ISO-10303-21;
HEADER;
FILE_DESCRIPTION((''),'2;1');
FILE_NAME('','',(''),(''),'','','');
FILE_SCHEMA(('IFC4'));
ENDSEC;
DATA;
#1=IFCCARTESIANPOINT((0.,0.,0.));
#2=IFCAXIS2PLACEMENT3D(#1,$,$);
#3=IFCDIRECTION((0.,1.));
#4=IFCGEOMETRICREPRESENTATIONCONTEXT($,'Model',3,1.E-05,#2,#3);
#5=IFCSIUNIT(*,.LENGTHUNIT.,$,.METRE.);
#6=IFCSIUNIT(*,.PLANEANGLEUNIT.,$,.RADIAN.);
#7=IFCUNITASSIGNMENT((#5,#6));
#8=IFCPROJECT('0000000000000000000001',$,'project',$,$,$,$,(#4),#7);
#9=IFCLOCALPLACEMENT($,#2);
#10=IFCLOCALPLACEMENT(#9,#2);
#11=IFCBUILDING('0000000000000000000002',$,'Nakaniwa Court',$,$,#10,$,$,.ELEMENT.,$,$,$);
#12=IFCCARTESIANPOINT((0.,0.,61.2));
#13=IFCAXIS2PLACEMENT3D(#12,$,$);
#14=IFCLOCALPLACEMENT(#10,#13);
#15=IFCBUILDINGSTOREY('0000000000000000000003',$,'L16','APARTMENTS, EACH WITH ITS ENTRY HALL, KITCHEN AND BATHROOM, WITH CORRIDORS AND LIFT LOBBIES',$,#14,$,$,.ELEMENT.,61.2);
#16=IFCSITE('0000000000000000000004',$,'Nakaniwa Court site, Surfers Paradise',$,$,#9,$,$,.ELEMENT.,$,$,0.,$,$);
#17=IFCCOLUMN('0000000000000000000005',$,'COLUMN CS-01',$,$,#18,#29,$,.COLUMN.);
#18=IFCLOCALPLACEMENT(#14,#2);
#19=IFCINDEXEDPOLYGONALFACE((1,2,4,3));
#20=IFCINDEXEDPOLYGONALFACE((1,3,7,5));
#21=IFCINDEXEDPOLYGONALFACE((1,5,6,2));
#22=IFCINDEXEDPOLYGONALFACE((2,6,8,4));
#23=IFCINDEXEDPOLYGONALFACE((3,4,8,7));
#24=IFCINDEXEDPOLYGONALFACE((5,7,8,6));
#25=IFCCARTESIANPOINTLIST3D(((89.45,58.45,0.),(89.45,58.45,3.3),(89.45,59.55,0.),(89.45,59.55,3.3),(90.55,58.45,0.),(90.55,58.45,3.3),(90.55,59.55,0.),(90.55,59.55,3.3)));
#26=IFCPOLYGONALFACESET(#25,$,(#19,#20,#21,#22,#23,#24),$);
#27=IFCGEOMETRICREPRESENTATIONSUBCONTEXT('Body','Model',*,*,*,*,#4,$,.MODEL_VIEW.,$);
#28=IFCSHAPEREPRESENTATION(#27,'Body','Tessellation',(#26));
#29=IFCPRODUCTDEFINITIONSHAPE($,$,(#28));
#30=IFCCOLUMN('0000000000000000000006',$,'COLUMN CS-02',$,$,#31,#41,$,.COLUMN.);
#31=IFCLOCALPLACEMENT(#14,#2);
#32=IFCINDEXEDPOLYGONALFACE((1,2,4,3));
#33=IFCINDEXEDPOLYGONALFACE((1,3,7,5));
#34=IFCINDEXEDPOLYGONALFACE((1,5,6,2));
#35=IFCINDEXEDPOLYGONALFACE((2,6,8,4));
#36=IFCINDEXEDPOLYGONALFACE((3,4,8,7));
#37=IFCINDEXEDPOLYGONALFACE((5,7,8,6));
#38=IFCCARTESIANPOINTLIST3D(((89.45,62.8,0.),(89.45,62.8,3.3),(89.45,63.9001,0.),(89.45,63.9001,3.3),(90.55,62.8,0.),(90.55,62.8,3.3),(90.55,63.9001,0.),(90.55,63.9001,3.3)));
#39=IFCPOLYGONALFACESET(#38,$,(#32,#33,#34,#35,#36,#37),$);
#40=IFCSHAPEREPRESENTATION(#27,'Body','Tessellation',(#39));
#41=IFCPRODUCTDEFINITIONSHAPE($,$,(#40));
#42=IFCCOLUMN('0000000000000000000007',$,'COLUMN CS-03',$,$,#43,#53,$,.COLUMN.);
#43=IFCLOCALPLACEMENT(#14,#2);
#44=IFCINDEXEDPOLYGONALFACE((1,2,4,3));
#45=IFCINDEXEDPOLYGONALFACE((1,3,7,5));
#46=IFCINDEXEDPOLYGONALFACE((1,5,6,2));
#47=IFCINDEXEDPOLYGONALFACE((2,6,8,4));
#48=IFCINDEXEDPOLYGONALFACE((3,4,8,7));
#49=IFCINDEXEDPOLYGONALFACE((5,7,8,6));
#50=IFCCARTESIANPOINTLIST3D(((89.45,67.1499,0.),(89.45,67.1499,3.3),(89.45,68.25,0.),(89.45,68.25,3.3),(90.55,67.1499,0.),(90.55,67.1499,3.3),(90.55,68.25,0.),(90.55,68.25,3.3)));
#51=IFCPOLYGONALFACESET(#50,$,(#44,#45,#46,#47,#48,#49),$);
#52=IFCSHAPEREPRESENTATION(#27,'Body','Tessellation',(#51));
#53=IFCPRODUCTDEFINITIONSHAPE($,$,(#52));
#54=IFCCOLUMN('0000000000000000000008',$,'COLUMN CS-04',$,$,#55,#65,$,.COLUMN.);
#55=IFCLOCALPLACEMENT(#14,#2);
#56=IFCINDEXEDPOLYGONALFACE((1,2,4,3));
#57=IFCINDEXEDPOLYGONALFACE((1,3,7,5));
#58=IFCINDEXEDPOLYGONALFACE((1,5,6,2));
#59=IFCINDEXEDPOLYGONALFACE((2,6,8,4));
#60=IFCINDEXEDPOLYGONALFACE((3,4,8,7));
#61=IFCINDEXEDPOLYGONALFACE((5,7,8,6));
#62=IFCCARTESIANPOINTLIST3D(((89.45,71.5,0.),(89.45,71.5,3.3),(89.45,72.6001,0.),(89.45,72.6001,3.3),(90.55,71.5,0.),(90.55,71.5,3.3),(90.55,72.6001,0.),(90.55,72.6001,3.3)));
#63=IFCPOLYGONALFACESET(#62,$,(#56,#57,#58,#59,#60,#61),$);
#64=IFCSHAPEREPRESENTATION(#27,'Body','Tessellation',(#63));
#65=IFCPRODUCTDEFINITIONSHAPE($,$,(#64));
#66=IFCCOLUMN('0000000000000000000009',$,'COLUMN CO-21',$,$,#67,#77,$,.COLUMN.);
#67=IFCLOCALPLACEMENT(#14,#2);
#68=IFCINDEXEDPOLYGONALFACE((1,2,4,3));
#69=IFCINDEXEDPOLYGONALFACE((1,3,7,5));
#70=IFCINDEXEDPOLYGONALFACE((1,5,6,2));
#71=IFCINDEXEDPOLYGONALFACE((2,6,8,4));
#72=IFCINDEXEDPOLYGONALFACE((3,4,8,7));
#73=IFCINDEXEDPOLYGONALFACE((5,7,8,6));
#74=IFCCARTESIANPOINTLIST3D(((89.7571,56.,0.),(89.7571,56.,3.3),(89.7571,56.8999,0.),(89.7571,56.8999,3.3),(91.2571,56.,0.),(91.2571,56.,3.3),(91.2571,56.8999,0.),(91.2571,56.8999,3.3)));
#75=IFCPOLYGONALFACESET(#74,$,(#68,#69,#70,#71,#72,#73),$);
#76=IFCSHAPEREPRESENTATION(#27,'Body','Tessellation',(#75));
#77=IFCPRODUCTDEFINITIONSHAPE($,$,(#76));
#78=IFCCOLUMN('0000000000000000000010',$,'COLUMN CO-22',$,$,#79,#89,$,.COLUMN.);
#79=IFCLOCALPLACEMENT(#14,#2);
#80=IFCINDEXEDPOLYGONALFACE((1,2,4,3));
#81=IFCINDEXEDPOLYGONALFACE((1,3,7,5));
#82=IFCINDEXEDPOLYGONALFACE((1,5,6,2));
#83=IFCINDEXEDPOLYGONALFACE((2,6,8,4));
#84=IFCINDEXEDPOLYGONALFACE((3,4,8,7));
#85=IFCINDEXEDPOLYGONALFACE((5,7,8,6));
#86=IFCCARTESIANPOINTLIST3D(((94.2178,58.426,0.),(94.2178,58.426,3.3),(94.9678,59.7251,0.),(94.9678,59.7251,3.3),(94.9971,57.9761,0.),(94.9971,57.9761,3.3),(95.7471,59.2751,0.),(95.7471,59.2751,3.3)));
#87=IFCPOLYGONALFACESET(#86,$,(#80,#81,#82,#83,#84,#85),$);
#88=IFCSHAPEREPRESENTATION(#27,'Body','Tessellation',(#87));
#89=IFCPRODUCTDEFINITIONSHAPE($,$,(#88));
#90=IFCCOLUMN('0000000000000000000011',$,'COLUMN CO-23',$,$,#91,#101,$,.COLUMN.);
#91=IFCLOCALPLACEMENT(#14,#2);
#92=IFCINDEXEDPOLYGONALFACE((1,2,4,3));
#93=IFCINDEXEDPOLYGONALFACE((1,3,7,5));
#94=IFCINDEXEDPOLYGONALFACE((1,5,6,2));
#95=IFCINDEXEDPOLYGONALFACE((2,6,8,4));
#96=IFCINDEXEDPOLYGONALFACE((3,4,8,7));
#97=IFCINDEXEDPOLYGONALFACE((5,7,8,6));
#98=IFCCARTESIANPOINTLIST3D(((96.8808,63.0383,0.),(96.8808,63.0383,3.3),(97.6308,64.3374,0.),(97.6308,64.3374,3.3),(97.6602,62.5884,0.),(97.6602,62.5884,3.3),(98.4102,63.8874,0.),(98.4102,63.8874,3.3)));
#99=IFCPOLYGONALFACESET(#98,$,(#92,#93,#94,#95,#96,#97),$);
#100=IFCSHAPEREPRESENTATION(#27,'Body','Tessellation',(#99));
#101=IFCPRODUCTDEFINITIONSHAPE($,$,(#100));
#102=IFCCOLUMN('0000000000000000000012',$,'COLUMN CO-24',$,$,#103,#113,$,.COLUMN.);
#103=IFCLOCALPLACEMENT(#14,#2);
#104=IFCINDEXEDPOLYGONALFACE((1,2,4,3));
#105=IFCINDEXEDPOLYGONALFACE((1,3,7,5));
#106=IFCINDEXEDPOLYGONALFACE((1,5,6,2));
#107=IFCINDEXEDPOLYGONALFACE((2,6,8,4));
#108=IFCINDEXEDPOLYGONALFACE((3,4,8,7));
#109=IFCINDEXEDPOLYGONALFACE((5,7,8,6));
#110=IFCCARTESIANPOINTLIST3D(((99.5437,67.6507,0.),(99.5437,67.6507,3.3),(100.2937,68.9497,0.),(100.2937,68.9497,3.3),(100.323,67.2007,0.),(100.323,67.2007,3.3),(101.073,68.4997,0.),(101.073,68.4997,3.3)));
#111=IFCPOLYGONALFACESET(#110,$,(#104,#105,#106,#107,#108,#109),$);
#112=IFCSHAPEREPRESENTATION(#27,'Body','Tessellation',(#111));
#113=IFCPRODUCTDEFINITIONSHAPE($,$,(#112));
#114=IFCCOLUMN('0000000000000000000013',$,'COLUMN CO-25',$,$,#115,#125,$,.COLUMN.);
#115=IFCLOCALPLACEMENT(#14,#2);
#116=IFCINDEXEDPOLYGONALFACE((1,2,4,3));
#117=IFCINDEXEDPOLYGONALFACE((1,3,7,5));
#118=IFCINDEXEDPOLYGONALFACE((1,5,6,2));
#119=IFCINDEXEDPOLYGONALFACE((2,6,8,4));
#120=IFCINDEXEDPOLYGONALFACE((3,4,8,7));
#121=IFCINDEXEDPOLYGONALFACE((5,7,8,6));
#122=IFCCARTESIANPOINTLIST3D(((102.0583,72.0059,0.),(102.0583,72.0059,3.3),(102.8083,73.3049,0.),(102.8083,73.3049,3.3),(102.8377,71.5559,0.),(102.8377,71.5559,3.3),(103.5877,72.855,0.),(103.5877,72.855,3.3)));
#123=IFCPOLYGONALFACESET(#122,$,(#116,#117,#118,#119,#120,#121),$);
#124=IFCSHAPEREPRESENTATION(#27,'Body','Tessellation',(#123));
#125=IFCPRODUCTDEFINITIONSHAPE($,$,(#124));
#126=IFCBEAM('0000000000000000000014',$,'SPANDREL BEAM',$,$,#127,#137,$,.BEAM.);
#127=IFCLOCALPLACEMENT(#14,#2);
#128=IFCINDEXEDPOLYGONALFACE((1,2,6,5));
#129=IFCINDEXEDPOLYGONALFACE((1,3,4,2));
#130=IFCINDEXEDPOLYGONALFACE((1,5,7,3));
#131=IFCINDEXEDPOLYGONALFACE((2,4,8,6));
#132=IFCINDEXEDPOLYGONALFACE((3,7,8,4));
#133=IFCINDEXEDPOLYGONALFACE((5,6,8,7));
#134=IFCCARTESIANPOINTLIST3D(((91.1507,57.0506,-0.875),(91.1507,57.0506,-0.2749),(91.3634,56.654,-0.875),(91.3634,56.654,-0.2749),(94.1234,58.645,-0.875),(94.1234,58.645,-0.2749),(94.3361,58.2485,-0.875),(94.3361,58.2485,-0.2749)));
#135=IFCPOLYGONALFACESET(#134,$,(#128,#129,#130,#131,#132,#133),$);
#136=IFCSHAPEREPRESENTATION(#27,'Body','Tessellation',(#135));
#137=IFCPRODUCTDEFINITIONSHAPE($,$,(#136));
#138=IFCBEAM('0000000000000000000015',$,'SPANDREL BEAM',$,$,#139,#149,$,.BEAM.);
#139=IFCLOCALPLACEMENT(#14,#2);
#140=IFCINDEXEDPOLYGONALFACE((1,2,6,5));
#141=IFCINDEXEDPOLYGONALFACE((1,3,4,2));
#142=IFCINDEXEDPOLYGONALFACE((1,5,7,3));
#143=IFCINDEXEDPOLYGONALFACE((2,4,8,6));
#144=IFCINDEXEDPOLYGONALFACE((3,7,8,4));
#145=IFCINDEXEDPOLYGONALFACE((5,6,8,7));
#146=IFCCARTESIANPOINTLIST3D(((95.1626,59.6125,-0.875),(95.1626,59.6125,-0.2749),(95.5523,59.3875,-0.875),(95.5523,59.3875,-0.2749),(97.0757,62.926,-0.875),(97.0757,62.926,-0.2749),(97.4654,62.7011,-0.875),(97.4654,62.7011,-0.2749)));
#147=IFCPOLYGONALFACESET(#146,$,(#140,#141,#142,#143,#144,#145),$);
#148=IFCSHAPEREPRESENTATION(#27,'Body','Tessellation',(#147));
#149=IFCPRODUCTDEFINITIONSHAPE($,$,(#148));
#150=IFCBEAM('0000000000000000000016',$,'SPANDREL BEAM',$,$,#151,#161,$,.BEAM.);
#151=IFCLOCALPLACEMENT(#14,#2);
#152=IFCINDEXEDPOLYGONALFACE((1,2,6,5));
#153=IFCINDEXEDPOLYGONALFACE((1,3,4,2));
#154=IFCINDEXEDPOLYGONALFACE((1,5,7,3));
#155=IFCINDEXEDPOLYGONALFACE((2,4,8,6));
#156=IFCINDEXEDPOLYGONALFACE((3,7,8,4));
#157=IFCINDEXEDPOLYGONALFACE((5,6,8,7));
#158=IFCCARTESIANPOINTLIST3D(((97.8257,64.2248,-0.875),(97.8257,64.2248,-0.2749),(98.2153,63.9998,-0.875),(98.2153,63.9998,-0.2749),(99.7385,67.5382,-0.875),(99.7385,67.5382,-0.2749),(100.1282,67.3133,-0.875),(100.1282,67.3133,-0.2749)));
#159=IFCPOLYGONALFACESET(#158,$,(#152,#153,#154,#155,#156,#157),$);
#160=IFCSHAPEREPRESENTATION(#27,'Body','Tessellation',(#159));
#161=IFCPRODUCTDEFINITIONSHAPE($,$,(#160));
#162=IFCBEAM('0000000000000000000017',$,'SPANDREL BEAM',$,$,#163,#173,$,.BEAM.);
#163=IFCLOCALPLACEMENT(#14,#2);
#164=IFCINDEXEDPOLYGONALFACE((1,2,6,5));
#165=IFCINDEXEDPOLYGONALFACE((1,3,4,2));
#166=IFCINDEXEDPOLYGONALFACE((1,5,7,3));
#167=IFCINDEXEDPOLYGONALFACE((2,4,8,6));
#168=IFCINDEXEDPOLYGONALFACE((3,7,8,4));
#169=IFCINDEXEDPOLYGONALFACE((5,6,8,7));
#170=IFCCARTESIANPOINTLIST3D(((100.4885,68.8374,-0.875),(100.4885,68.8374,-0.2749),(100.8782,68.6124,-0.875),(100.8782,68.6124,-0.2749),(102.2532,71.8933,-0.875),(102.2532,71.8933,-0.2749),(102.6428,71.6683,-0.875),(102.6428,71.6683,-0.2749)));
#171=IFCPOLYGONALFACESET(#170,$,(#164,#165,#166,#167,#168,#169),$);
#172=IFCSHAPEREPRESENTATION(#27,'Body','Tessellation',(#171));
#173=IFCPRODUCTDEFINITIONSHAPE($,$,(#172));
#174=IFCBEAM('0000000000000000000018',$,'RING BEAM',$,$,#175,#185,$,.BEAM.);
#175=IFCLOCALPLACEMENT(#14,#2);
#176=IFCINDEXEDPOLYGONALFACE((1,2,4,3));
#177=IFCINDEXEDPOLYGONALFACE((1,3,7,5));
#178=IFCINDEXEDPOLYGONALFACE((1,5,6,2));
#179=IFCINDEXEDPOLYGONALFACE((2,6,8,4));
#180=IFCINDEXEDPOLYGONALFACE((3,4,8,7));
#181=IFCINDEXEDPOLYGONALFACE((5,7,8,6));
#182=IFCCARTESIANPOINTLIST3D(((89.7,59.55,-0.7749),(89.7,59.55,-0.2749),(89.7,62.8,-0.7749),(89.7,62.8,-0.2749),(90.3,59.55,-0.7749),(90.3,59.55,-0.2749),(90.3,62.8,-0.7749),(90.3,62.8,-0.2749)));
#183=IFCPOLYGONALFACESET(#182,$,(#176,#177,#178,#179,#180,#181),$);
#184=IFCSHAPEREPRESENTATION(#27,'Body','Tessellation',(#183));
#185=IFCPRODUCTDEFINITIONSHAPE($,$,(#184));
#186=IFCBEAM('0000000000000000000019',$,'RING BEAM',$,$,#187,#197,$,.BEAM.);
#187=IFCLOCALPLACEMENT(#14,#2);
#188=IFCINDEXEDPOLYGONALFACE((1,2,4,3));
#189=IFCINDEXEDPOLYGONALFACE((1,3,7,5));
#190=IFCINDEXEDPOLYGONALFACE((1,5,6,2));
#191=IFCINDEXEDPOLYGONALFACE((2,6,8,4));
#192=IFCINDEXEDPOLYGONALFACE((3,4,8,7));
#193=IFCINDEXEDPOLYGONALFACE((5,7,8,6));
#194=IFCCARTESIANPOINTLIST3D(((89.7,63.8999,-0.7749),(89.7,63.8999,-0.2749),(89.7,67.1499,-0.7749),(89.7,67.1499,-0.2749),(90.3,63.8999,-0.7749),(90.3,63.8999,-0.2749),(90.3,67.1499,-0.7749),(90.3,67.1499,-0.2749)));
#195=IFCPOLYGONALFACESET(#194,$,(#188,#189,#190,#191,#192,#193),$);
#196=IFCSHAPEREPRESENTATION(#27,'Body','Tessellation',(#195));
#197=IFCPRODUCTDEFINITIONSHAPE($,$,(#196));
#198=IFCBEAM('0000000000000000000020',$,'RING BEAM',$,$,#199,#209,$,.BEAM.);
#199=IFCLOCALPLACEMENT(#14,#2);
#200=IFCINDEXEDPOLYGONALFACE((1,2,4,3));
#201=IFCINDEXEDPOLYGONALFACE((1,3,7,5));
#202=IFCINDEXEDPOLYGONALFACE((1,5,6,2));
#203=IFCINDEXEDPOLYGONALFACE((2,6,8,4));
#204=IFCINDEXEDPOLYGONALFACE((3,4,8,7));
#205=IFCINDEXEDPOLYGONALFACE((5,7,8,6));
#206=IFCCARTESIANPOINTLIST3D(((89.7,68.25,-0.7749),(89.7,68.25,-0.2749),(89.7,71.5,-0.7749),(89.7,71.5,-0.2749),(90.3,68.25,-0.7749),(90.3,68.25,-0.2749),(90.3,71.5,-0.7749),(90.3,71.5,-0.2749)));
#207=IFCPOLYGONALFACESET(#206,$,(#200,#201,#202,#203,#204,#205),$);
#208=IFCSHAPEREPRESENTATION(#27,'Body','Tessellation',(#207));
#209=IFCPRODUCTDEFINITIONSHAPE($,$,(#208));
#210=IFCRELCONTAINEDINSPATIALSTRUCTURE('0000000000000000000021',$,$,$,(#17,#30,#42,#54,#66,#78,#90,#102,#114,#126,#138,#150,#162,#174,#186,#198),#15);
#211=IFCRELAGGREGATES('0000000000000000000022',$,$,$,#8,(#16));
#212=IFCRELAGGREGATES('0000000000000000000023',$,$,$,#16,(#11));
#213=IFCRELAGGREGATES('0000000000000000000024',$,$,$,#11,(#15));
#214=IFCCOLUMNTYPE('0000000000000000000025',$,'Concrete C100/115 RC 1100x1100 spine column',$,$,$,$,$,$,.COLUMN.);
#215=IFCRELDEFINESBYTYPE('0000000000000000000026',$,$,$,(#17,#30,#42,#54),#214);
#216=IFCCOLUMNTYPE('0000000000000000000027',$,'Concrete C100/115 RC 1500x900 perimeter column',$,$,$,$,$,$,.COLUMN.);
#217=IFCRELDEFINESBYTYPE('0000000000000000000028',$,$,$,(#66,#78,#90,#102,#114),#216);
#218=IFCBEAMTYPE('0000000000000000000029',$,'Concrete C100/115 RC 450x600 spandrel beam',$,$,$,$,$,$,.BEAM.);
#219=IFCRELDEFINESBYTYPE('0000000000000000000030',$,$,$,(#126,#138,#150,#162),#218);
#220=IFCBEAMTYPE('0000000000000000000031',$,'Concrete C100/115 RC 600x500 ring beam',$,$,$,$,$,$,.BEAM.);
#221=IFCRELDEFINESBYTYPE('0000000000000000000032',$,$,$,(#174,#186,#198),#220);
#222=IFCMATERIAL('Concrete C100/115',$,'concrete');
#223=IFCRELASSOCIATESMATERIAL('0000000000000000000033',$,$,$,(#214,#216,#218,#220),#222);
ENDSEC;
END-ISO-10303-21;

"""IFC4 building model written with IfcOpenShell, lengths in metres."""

from ifc_helpers import new_model, si_unit, direction, frame, origin, origin_2d, place, context, subcontext, project, spatial, rectangle, extrude, material, material_profile, profile_set, type_object, element, save


model = new_model("IFC4")

# Units and contexts
model_context = context("Model", 3, precision=1e-05, world=origin(), true_north=direction((0.0, 1.0)))
body_context = subcontext(model_context, "Body", "Model", "MODEL_VIEW")
ifc_project = project(units=[si_unit("LENGTHUNIT", "METRE"), si_unit("PLANEANGLEUNIT", "RADIAN")], contexts=[model_context])

# Site, building, storey
site_placement = place(None, origin())
site = spatial("IfcSite", under=ifc_project, at=site_placement, Name="Nakaniwa Court site, Surfers Paradise", CompositionType="ELEMENT", RefElevation=0.0)
building_placement = place(site_placement, origin())
building = spatial("IfcBuilding", under=site, at=building_placement, Name="Nakaniwa Court", CompositionType="ELEMENT")
storey_placement = place(building_placement, frame((0.0, 0.0, 61.2)))
storey = spatial("IfcBuildingStorey", under=building, at=storey_placement, Name="L16", Description="APARTMENTS, EACH WITH ITS ENTRY HALL, KITCHEN AND BATHROOM, WITH CORRIDORS AND LIFT LOBBIES", CompositionType="ELEMENT", Elevation=61.2)

# Columns
ifc_material_1 = material(Name="Concrete C100/115", Category="concrete")
ifc_material_profile_1 = material_profile(ifc_material_1, rectangle(XDim=1.1001, YDim=1.1001, at=origin_2d()), Name="Concrete C100/115 RC 1100x1100 spine column")
ifc_profile_set_1 = profile_set([ifc_material_profile_1], Name="Concrete C100/115")
column_type_1 = type_object("IfcColumnType", Name="Concrete C100/115 RC 1100x1100 spine column", PredefinedType="COLUMN", material=ifc_profile_set_1)
for number, where, z_axis, x_axis, name in (
    (1, (90.0, 59.0, 0.0), (0.0, 0.0, 1.0), (0.0, 1.0, 0.0), "COLUMN CS-01"),
    (2, (90.0, 63.3501, 0.0), (0.0, 0.0, 1.0), (0.0, 1.0, 0.0), "COLUMN CS-02"),
    (3, (90.0, 67.7, 0.0), (0.0, 0.0, 1.0), (0.0, 1.0, 0.0), "COLUMN CS-03"),
    (4, (90.0, 72.05, 0.0), (0.0, 0.0, 1.0), (0.0, 1.0, 0.0), "COLUMN CS-04"),
):
    element("IfcColumn", number, at=place(storey_placement, frame(where, z_axis=z_axis, x_axis=x_axis)), inside=storey, type_object=column_type_1, Name=name, PredefinedType="COLUMN", context=body_context, shape_type="SweptSolid", body=[
        extrude(rectangle(XDim=1.1001, YDim=1.1001, at=origin_2d()), origin(), (0.0, 0.0, 1.0), 3.3),
    ])
ifc_material_profile_2 = material_profile(ifc_material_1, rectangle(XDim=1.5, YDim=0.8999, at=origin_2d()), Name="Concrete C100/115 RC 1500x900 perimeter column")
ifc_profile_set_2 = profile_set([ifc_material_profile_2], Name="Concrete C100/115")
column_type_2 = type_object("IfcColumnType", Name="Concrete C100/115 RC 1500x900 perimeter column", PredefinedType="COLUMN", material=ifc_profile_set_2)
for number, where, z_axis, x_axis, name in (
    (5, (90.5071, 56.45, 0.0), (0.0, 0.0, 1.0), (1.0, 0.0, 0.0), "COLUMN CO-21"),
    (6, (94.9824, 58.8506, 0.0), (0.0, 0.0, 1.0), (0.5, 0.866025, 0.0), "COLUMN CO-22"),
    (7, (97.6455, 63.4629, 0.0), (0.0, 0.0, 1.0), (0.5, 0.866025, 0.0), "COLUMN CO-23"),
    (8, (100.3083, 68.0752, 0.0), (0.0, 0.0, 1.0), (0.5, 0.866025, 0.0), "COLUMN CO-24"),
    (9, (102.823, 72.4304, 0.0), (0.0, 0.0, 1.0), (0.5, 0.866025, 0.0), "COLUMN CO-25"),
):
    element("IfcColumn", number, at=place(storey_placement, frame(where, z_axis=z_axis, x_axis=x_axis)), inside=storey, type_object=column_type_2, Name=name, PredefinedType="COLUMN", context=body_context, shape_type="SweptSolid", body=[
        extrude(rectangle(XDim=1.5, YDim=0.8999, at=origin_2d()), origin(), (0.0, 0.0, 1.0), 3.3),
    ])

# Beams
ifc_material_profile_3 = material_profile(ifc_material_1, rectangle(XDim=0.45, YDim=0.6001, at=origin_2d()), Name="Concrete C100/115 RC 450x600 spandrel beam")
ifc_profile_set_3 = profile_set([ifc_material_profile_3], Name="Concrete C100/115")
beam_type_1 = type_object("IfcBeamType", Name="Concrete C100/115 RC 450x600 spandrel beam", PredefinedType="BEAM", material=ifc_profile_set_3)
beam_1_placement = place(storey_placement, frame((91.2571, 56.8523, -0.575), z_axis=(0.881235, 0.472679, 0.0), x_axis=(-0.472679, 0.881235, 0.0)))
element("IfcBeam", 10, at=beam_1_placement, inside=storey, type_object=beam_type_1, Name="SPANDREL BEAM", PredefinedType="BEAM", context=body_context, shape_type="SweptSolid", body=[
    extrude(rectangle(XDim=0.45, YDim=0.6001, at=origin_2d()), origin(), (0.0, 0.0, 1.0), 3.3733),
])
beam_2_placement = place(storey_placement, frame((95.3574, 59.5, -0.575), z_axis=(0.50001, 0.86602, 0.0), x_axis=(-0.86602, 0.50001, 0.0)))
element("IfcBeam", 11, at=beam_2_placement, inside=storey, type_object=beam_type_1, Name="SPANDREL BEAM", PredefinedType="BEAM", context=body_context, shape_type="SweptSolid", body=[
    extrude(rectangle(XDim=0.45, YDim=0.6001, at=origin_2d()), origin(), (0.0, 0.0, 1.0), 3.8262),
])
beam_3_placement = place(storey_placement, frame((98.0205, 64.1123, -0.575), z_axis=(0.499962, 0.866047, 0.0), x_axis=(-0.866047, 0.499962, 0.0)))
element("IfcBeam", 12, at=beam_3_placement, inside=storey, type_object=beam_type_1, Name="SPANDREL BEAM", PredefinedType="BEAM", context=body_context, shape_type="SweptSolid", body=[
    extrude(rectangle(XDim=0.45, YDim=0.6001, at=origin_2d()), origin(), (0.0, 0.0, 1.0), 3.8259),
])
beam_4_placement = place(storey_placement, frame((100.6833, 68.7249, -0.575), z_axis=(0.500068, 0.865986, 0.0), x_axis=(-0.865986, 0.500068, 0.0)))
element("IfcBeam", 13, at=beam_4_placement, inside=storey, type_object=beam_type_1, Name="SPANDREL BEAM", PredefinedType="BEAM", context=body_context, shape_type="SweptSolid", body=[
    extrude(rectangle(XDim=0.45, YDim=0.6001, at=origin_2d()), origin(), (0.0, 0.0, 1.0), 3.5288),
])
ifc_material_profile_4 = material_profile(ifc_material_1, rectangle(XDim=0.6001, YDim=0.5, at=origin_2d()), Name="Concrete C100/115 RC 600x500 ring beam")
ifc_profile_set_4 = profile_set([ifc_material_profile_4], Name="Concrete C100/115")
beam_type_2 = type_object("IfcBeamType", Name="Concrete C100/115 RC 600x500 ring beam", PredefinedType="BEAM", material=ifc_profile_set_4)
for number, where, z_axis, x_axis, name in (
    (14, (90.0, 59.55, -0.5249), (0.0, 1.0, 0.0), (-1.0, 0.0, 0.0), "RING BEAM"),
    (15, (90.0, 63.8999, -0.5249), (0.0, 1.0, 0.0), (-1.0, 0.0, 0.0), "RING BEAM"),
    (16, (90.0, 68.25, -0.5249), (0.0, 1.0, 0.0), (-1.0, 0.0, 0.0), "RING BEAM"),
):
    element("IfcBeam", number, at=place(storey_placement, frame(where, z_axis=z_axis, x_axis=x_axis)), inside=storey, type_object=beam_type_2, Name=name, PredefinedType="BEAM", context=body_context, shape_type="SweptSolid", body=[
        extrude(rectangle(XDim=0.6001, YDim=0.5, at=origin_2d()), origin(), (0.0, 0.0, 1.0), 3.25),
    ])

save(model, "model.ifc")
